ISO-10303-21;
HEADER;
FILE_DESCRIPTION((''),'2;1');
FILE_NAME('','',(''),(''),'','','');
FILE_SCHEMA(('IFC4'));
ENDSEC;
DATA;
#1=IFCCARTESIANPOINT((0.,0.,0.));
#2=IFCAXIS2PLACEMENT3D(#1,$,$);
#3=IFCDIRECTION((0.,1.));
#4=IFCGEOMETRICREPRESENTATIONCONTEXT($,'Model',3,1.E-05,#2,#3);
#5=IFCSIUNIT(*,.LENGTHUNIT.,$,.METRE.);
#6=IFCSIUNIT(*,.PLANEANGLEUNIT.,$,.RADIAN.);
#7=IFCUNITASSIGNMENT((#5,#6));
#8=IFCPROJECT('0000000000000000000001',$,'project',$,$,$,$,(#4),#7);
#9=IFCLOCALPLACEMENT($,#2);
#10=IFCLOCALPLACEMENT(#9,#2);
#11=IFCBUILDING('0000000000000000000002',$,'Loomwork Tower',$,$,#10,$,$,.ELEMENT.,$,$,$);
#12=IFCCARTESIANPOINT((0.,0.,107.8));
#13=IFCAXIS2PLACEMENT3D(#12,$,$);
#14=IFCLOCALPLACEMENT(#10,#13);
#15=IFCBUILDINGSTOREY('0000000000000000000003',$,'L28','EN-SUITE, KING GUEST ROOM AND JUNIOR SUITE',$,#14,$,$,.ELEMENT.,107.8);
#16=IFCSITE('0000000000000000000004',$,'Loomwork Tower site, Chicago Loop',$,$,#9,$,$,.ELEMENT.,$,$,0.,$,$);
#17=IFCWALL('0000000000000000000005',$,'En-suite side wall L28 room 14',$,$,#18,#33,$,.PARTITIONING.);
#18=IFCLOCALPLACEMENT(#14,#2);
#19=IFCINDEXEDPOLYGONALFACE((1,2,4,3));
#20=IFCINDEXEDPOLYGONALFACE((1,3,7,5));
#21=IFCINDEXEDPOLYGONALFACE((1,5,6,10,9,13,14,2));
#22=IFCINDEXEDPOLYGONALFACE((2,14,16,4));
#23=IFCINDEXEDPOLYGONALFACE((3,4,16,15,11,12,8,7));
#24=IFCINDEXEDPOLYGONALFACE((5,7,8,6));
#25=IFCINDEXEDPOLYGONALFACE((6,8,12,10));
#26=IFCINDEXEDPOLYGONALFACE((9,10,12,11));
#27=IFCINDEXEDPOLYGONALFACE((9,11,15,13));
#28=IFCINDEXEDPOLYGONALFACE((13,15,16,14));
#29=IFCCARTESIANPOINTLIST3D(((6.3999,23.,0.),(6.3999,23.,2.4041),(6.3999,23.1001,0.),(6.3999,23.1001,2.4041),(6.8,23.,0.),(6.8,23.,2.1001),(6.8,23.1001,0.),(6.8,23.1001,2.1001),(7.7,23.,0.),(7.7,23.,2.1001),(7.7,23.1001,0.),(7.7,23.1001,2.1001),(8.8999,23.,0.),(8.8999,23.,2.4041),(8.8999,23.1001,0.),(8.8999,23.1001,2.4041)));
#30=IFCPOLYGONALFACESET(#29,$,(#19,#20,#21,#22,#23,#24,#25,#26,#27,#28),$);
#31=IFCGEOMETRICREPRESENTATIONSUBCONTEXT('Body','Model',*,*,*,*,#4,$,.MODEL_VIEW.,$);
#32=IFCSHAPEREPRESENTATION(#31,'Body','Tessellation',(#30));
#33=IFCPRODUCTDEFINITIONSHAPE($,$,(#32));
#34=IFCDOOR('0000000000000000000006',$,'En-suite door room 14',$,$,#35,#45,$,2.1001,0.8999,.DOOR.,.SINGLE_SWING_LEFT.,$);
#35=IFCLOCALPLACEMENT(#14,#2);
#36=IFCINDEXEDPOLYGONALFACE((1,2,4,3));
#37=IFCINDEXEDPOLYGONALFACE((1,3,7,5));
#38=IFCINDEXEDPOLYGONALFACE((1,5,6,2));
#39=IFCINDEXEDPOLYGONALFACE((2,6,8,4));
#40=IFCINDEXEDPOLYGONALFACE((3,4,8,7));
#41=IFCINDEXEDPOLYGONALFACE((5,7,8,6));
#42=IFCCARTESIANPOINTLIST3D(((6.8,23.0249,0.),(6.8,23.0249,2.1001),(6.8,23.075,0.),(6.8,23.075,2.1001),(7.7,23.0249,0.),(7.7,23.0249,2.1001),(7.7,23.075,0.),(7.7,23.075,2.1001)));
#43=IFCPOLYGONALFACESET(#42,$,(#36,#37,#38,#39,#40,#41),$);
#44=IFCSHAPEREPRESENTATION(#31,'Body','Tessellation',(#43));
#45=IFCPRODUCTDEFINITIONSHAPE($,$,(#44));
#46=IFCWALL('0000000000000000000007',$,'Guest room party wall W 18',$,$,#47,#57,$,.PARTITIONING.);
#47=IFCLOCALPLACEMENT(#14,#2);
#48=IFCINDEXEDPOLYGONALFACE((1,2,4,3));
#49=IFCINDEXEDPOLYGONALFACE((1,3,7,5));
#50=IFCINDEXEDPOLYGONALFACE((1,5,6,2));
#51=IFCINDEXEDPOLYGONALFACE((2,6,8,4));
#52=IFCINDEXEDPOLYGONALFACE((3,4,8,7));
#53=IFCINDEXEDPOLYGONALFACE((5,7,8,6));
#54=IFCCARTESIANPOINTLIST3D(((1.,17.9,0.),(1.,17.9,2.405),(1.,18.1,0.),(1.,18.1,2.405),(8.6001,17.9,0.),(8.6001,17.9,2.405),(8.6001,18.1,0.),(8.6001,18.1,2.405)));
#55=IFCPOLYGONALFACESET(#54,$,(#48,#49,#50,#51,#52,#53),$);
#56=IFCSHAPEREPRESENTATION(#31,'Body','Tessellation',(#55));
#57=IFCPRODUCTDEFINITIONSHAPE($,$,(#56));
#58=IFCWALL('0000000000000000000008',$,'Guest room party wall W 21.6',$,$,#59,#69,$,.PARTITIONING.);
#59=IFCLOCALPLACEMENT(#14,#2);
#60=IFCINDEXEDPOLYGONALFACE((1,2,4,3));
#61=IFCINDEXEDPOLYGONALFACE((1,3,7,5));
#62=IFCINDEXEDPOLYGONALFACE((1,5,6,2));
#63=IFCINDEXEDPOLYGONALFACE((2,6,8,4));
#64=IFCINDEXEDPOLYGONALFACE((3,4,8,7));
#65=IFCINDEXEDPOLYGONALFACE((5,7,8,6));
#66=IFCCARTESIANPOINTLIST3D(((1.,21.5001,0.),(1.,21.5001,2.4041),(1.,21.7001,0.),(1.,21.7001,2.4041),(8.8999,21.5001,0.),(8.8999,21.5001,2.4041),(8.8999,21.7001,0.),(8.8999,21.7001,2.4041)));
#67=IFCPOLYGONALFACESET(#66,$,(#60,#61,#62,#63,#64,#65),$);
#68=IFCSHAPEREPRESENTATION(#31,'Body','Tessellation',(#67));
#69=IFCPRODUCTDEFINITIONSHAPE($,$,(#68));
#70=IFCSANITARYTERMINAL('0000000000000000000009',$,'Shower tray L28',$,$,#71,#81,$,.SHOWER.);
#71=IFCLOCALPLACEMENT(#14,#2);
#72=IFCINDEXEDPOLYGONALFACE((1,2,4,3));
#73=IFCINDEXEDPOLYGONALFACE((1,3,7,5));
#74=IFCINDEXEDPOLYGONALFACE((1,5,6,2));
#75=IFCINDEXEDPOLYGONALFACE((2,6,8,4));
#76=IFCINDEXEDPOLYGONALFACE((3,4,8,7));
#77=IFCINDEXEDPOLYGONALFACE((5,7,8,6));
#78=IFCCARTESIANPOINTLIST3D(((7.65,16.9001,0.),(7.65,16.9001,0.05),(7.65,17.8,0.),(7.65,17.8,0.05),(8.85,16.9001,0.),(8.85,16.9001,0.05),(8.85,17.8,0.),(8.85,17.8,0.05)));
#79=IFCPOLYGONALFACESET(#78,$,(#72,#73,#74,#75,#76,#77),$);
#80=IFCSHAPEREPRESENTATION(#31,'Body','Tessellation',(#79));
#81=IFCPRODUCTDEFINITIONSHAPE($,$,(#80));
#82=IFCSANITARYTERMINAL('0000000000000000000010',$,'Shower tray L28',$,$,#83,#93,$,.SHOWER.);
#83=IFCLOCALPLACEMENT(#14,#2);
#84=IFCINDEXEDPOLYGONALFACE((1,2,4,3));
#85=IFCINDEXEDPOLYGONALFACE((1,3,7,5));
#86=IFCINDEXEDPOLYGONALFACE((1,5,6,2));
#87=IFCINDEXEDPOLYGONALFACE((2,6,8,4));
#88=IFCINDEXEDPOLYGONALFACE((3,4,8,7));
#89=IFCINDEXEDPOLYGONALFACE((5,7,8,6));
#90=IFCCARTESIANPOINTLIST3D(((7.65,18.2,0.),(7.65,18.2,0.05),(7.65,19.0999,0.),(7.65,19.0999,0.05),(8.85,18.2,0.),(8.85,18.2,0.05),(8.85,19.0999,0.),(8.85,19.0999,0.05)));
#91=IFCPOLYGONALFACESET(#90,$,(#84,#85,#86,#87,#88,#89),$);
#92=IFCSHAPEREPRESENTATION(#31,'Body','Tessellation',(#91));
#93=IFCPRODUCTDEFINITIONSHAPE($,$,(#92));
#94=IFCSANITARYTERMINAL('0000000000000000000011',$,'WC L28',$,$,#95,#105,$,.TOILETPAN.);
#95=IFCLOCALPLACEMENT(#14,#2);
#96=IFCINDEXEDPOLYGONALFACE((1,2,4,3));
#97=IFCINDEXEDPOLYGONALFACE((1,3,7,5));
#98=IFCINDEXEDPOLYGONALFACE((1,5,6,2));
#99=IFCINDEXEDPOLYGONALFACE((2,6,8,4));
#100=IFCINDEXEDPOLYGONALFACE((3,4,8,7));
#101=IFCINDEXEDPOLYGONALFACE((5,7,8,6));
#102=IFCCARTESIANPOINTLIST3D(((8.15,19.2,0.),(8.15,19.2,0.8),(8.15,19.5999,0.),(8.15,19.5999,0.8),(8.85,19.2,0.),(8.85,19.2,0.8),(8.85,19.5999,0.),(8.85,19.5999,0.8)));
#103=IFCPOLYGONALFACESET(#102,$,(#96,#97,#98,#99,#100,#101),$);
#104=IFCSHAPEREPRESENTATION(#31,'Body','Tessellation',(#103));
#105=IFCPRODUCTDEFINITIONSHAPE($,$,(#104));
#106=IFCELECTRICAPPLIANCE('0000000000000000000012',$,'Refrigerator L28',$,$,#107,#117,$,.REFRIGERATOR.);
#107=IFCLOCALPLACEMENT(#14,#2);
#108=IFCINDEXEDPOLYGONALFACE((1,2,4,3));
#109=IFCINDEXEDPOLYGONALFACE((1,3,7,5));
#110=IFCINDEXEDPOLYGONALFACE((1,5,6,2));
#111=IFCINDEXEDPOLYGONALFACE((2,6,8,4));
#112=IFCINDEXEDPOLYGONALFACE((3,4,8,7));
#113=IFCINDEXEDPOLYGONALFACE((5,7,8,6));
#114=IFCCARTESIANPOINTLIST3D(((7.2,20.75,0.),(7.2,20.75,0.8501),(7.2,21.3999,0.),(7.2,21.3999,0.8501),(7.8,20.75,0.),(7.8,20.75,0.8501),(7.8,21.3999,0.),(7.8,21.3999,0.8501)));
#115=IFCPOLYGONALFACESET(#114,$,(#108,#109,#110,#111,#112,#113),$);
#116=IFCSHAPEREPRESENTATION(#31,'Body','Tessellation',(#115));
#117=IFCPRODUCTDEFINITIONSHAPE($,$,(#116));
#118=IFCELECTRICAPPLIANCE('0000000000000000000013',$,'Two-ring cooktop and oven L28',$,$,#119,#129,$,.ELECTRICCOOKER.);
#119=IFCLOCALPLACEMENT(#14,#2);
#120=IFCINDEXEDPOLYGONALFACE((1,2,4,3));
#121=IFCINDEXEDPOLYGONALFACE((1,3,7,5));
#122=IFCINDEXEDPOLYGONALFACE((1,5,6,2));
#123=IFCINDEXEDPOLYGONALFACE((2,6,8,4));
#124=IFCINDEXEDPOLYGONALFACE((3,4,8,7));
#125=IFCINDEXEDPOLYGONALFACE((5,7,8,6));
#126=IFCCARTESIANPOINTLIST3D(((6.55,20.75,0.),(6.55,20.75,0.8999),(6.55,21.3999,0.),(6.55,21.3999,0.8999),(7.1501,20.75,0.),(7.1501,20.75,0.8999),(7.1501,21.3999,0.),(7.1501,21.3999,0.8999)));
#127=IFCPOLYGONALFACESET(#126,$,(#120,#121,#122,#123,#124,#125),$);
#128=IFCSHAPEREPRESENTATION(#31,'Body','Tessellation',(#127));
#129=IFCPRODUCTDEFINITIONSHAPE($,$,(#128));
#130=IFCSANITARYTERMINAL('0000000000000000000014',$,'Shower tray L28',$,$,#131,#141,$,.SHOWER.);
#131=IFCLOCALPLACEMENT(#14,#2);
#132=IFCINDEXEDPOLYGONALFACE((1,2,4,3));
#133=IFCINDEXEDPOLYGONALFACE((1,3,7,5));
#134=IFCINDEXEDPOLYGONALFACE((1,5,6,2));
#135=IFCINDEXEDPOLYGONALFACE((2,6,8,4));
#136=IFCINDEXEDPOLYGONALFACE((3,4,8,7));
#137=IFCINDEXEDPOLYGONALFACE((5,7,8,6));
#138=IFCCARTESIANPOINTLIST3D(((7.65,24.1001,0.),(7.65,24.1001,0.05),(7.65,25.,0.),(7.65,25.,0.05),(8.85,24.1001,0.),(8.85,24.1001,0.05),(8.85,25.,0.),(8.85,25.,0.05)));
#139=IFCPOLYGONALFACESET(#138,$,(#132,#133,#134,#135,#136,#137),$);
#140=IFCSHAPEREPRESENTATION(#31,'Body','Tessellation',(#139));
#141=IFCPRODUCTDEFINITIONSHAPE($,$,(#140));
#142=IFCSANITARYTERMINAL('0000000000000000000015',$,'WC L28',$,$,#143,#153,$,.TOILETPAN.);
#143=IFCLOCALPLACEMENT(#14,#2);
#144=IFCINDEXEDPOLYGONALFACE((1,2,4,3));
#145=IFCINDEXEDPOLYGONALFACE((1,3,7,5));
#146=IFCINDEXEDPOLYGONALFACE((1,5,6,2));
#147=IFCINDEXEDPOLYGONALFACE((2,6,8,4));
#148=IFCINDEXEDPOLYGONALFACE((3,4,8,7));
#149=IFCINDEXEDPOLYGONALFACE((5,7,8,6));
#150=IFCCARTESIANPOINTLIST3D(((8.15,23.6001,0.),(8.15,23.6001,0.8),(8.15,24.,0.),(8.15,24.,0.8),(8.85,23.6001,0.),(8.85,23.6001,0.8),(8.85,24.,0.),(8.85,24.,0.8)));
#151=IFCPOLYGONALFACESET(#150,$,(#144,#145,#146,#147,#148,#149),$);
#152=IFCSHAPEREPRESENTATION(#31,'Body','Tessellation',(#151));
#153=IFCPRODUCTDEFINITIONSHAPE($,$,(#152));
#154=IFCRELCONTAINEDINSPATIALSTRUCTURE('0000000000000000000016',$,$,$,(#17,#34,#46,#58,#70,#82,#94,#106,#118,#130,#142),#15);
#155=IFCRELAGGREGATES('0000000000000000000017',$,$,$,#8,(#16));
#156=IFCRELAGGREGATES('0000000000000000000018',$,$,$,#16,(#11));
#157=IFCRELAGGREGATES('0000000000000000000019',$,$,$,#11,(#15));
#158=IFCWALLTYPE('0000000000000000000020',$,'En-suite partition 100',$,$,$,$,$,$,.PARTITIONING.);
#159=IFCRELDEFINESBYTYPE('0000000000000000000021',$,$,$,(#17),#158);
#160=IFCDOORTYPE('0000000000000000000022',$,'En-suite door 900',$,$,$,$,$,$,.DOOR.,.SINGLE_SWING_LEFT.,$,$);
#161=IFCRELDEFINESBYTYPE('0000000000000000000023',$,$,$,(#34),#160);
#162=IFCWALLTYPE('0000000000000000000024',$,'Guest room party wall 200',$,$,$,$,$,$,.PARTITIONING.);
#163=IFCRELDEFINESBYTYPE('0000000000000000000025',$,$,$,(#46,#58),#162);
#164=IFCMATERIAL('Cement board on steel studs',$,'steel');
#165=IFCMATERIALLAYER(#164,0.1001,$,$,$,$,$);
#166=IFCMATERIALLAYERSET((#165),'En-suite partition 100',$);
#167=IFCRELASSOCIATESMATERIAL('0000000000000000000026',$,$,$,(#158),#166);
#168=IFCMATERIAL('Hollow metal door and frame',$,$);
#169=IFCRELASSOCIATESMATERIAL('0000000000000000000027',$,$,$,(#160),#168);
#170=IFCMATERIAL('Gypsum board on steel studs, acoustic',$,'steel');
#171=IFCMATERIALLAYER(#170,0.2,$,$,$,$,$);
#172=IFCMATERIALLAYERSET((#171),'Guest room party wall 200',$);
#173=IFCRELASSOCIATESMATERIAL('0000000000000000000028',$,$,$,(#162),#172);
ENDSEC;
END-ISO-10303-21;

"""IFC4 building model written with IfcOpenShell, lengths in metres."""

from ifc_helpers import new_model, si_unit, direction, frame, frame_2d, origin, origin_2d, place, context, subcontext, project, spatial, rectangle, extrude, material, layer, layer_set, type_object, element, fill, save


model = new_model("IFC4")

# Units and contexts
model_context = context("Model", 3, precision=1e-05, world=origin(), true_north=direction((0.0, 1.0)))
body_context = subcontext(model_context, "Body", "Model", "MODEL_VIEW")
ifc_project = project(units=[si_unit("LENGTHUNIT", "METRE"), si_unit("PLANEANGLEUNIT", "RADIAN")], contexts=[model_context])

# Site, building, storey
site_placement = place(None, origin())
site = spatial("IfcSite", under=ifc_project, at=site_placement, Name="Loomwork Tower site, Chicago Loop", CompositionType="ELEMENT", RefElevation=0.0)
building_placement = place(site_placement, origin())
building = spatial("IfcBuilding", under=site, at=building_placement, Name="Loomwork Tower", CompositionType="ELEMENT")
storey_placement = place(building_placement, frame((0.0, 0.0, 107.8)))
storey = spatial("IfcBuildingStorey", under=building, at=storey_placement, Name="L28", Description="EN-SUITE, KING GUEST ROOM AND JUNIOR SUITE", CompositionType="ELEMENT", Elevation=107.8)

# Wall, opening, door
ifc_material_1 = material(Name="Cement board on steel studs", Category="steel")
ifc_layer_1 = layer(ifc_material_1, 0.1001)
ifc_layer_set_1 = layer_set([ifc_layer_1], Name="En-suite partition 100")
wall_type_1 = type_object("IfcWallType", Name="En-suite partition 100", PredefinedType="PARTITIONING", material=ifc_layer_set_1)
ifc_material_2 = material(Name="Hollow metal door and frame")
door_type_1 = type_object("IfcDoorType", Name="En-suite door 900", OperationType="SINGLE_SWING_LEFT", PredefinedType="DOOR", material=ifc_material_2)
wall_1_placement = place(storey_placement, frame((8.8999, 23.05, 0.0), z_axis=(0.0, 0.0, 1.0), x_axis=(-1.0, 0.0, 0.0)))
wall_1 = element("IfcWall", 1, at=wall_1_placement, inside=storey, type_object=wall_type_1, Name="En-suite side wall L28 room 14", PredefinedType="PARTITIONING", context=body_context, shape_type="SweptSolid", body=[
    extrude(rectangle(XDim=2.5, YDim=0.1001, at=frame_2d((1.25, 0.0))), origin(), (0.0, 0.0, 1.0), 2.4041),
])
opening_1_placement = place(wall_1_placement, frame((1.2, 0.0, 0.0)))
opening_1 = element("IfcOpeningElement", 2, at=opening_1_placement, cuts=wall_1, PredefinedType="OPENING", context=body_context, shape_type="SweptSolid", body=[
    extrude(rectangle(XDim=0.8999, YDim=2.1001, at=frame_2d((0.45, 1.05))), frame((0.0, 0.0601, 0.0), z_axis=(0.0, -1.0, 0.0), x_axis=(1.0, 0.0, 0.0)), (0.0, 0.0, 1.0), 0.1201),
])
door_1_placement = place(opening_1_placement, frame((0.8999, 0.0, 0.0), z_axis=(0.0, 0.0, 1.0), x_axis=(-1.0, 0.0, 0.0)))
door_1 = element("IfcDoor", 3, at=door_1_placement, inside=storey, type_object=door_type_1, Name="En-suite door room 14", OperationType="SINGLE_SWING_LEFT", OverallHeight=2.1001, OverallWidth=0.8999, PredefinedType="DOOR", context=body_context, shape_type="SweptSolid", body=[
    extrude(rectangle(XDim=0.8999, YDim=2.1001, at=frame_2d((0.45, 1.05))), frame((0.0, 0.0249, 0.0), z_axis=(0.0, -1.0, 0.0), x_axis=(1.0, 0.0, 0.0)), (0.0, 0.0, 1.0), 0.05),
])
fill(opening_1, door_1)

# Walls
ifc_material_3 = material(Name="Gypsum board on steel studs, acoustic", Category="steel")
ifc_layer_2 = layer(ifc_material_3, 0.2)
ifc_layer_set_2 = layer_set([ifc_layer_2], Name="Guest room party wall 200")
wall_type_2 = type_object("IfcWallType", Name="Guest room party wall 200", PredefinedType="PARTITIONING", material=ifc_layer_set_2)
wall_2_placement = place(storey_placement, frame((8.6001, 18.0, 0.0), z_axis=(0.0, 0.0, 1.0), x_axis=(-1.0, 0.0, 0.0)))
element("IfcWall", 4, at=wall_2_placement, inside=storey, type_object=wall_type_2, Name="Guest room party wall W 18", PredefinedType="PARTITIONING", context=body_context, shape_type="SweptSolid", body=[
    extrude(rectangle(XDim=7.6001, YDim=0.2, at=frame_2d((3.8, 0.0))), origin(), (0.0, 0.0, 1.0), 2.405),
])
wall_3_placement = place(storey_placement, frame((8.8999, 21.6001, 0.0), z_axis=(0.0, 0.0, 1.0), x_axis=(-1.0, 0.0, 0.0)))
element("IfcWall", 5, at=wall_3_placement, inside=storey, type_object=wall_type_2, Name="Guest room party wall W 21.6", PredefinedType="PARTITIONING", context=body_context, shape_type="SweptSolid", body=[
    extrude(rectangle(XDim=7.8999, YDim=0.2, at=frame_2d((3.95, 0.0))), origin(), (0.0, 0.0, 1.0), 2.4041),
])

# Sanitary terminals
for number, where, z_axis, x_axis, name in (
    (6, (8.25, 17.3501, 0.0), (0.0, 0.0, 1.0), (1.0, 0.0, 0.0), "Shower tray L28"),
    (7, (8.25, 18.6499, 0.0), (0.0, 0.0, 1.0), (1.0, 0.0, 0.0), "Shower tray L28"),
):
    element("IfcSanitaryTerminal", number, at=place(storey_placement, frame(where, z_axis=z_axis, x_axis=x_axis)), inside=storey, Name=name, PredefinedType="SHOWER", context=body_context, shape_type="SweptSolid", body=[
        extrude(rectangle(XDim=1.2, YDim=0.8999, at=origin_2d()), origin(), (0.0, 0.0, 1.0), 0.05),
    ])
sanitary_terminal_1_placement = place(storey_placement, frame((8.5, 19.3999, 0.0), z_axis=(0.0, 0.0, 1.0), x_axis=(1.0, 0.0, 0.0)))
element("IfcSanitaryTerminal", 8, at=sanitary_terminal_1_placement, inside=storey, Name="WC L28", PredefinedType="TOILETPAN", context=body_context, shape_type="SweptSolid", body=[
    extrude(rectangle(XDim=0.7, YDim=0.3999, at=origin_2d()), origin(), (0.0, 0.0, 1.0), 0.8),
])

# Electric appliances
electric_appliance_1_placement = place(storey_placement, frame((7.5, 21.075, 0.0), z_axis=(0.0, 0.0, 1.0), x_axis=(1.0, 0.0, 0.0)))
element("IfcElectricAppliance", 9, at=electric_appliance_1_placement, inside=storey, Name="Refrigerator L28", PredefinedType="REFRIGERATOR", context=body_context, shape_type="SweptSolid", body=[
    extrude(rectangle(XDim=0.6001, YDim=0.6499, at=origin_2d()), origin(), (0.0, 0.0, 1.0), 0.8501),
])
electric_appliance_2_placement = place(storey_placement, frame((6.8501, 21.075, 0.0), z_axis=(0.0, 0.0, 1.0), x_axis=(1.0, 0.0, 0.0)))
element("IfcElectricAppliance", 10, at=electric_appliance_2_placement, inside=storey, Name="Two-ring cooktop and oven L28", PredefinedType="ELECTRICCOOKER", context=body_context, shape_type="SweptSolid", body=[
    extrude(rectangle(XDim=0.6001, YDim=0.6499, at=origin_2d()), origin(), (0.0, 0.0, 1.0), 0.8999),
])

# Sanitary terminals
sanitary_terminal_2_placement = place(storey_placement, frame((8.25, 24.55, 0.0), z_axis=(0.0, 0.0, 1.0), x_axis=(1.0, 0.0, 0.0)))
element("IfcSanitaryTerminal", 11, at=sanitary_terminal_2_placement, inside=storey, Name="Shower tray L28", PredefinedType="SHOWER", context=body_context, shape_type="SweptSolid", body=[
    extrude(rectangle(XDim=1.2, YDim=0.8999, at=origin_2d()), origin(), (0.0, 0.0, 1.0), 0.05),
])
sanitary_terminal_3_placement = place(storey_placement, frame((8.5, 23.8, 0.0), z_axis=(0.0, 0.0, 1.0), x_axis=(1.0, 0.0, 0.0)))
element("IfcSanitaryTerminal", 12, at=sanitary_terminal_3_placement, inside=storey, Name="WC L28", PredefinedType="TOILETPAN", context=body_context, shape_type="SweptSolid", body=[
    extrude(rectangle(XDim=0.7, YDim=0.3999, at=origin_2d()), origin(), (0.0, 0.0, 1.0), 0.8),
])

save(model, "model.ifc")
